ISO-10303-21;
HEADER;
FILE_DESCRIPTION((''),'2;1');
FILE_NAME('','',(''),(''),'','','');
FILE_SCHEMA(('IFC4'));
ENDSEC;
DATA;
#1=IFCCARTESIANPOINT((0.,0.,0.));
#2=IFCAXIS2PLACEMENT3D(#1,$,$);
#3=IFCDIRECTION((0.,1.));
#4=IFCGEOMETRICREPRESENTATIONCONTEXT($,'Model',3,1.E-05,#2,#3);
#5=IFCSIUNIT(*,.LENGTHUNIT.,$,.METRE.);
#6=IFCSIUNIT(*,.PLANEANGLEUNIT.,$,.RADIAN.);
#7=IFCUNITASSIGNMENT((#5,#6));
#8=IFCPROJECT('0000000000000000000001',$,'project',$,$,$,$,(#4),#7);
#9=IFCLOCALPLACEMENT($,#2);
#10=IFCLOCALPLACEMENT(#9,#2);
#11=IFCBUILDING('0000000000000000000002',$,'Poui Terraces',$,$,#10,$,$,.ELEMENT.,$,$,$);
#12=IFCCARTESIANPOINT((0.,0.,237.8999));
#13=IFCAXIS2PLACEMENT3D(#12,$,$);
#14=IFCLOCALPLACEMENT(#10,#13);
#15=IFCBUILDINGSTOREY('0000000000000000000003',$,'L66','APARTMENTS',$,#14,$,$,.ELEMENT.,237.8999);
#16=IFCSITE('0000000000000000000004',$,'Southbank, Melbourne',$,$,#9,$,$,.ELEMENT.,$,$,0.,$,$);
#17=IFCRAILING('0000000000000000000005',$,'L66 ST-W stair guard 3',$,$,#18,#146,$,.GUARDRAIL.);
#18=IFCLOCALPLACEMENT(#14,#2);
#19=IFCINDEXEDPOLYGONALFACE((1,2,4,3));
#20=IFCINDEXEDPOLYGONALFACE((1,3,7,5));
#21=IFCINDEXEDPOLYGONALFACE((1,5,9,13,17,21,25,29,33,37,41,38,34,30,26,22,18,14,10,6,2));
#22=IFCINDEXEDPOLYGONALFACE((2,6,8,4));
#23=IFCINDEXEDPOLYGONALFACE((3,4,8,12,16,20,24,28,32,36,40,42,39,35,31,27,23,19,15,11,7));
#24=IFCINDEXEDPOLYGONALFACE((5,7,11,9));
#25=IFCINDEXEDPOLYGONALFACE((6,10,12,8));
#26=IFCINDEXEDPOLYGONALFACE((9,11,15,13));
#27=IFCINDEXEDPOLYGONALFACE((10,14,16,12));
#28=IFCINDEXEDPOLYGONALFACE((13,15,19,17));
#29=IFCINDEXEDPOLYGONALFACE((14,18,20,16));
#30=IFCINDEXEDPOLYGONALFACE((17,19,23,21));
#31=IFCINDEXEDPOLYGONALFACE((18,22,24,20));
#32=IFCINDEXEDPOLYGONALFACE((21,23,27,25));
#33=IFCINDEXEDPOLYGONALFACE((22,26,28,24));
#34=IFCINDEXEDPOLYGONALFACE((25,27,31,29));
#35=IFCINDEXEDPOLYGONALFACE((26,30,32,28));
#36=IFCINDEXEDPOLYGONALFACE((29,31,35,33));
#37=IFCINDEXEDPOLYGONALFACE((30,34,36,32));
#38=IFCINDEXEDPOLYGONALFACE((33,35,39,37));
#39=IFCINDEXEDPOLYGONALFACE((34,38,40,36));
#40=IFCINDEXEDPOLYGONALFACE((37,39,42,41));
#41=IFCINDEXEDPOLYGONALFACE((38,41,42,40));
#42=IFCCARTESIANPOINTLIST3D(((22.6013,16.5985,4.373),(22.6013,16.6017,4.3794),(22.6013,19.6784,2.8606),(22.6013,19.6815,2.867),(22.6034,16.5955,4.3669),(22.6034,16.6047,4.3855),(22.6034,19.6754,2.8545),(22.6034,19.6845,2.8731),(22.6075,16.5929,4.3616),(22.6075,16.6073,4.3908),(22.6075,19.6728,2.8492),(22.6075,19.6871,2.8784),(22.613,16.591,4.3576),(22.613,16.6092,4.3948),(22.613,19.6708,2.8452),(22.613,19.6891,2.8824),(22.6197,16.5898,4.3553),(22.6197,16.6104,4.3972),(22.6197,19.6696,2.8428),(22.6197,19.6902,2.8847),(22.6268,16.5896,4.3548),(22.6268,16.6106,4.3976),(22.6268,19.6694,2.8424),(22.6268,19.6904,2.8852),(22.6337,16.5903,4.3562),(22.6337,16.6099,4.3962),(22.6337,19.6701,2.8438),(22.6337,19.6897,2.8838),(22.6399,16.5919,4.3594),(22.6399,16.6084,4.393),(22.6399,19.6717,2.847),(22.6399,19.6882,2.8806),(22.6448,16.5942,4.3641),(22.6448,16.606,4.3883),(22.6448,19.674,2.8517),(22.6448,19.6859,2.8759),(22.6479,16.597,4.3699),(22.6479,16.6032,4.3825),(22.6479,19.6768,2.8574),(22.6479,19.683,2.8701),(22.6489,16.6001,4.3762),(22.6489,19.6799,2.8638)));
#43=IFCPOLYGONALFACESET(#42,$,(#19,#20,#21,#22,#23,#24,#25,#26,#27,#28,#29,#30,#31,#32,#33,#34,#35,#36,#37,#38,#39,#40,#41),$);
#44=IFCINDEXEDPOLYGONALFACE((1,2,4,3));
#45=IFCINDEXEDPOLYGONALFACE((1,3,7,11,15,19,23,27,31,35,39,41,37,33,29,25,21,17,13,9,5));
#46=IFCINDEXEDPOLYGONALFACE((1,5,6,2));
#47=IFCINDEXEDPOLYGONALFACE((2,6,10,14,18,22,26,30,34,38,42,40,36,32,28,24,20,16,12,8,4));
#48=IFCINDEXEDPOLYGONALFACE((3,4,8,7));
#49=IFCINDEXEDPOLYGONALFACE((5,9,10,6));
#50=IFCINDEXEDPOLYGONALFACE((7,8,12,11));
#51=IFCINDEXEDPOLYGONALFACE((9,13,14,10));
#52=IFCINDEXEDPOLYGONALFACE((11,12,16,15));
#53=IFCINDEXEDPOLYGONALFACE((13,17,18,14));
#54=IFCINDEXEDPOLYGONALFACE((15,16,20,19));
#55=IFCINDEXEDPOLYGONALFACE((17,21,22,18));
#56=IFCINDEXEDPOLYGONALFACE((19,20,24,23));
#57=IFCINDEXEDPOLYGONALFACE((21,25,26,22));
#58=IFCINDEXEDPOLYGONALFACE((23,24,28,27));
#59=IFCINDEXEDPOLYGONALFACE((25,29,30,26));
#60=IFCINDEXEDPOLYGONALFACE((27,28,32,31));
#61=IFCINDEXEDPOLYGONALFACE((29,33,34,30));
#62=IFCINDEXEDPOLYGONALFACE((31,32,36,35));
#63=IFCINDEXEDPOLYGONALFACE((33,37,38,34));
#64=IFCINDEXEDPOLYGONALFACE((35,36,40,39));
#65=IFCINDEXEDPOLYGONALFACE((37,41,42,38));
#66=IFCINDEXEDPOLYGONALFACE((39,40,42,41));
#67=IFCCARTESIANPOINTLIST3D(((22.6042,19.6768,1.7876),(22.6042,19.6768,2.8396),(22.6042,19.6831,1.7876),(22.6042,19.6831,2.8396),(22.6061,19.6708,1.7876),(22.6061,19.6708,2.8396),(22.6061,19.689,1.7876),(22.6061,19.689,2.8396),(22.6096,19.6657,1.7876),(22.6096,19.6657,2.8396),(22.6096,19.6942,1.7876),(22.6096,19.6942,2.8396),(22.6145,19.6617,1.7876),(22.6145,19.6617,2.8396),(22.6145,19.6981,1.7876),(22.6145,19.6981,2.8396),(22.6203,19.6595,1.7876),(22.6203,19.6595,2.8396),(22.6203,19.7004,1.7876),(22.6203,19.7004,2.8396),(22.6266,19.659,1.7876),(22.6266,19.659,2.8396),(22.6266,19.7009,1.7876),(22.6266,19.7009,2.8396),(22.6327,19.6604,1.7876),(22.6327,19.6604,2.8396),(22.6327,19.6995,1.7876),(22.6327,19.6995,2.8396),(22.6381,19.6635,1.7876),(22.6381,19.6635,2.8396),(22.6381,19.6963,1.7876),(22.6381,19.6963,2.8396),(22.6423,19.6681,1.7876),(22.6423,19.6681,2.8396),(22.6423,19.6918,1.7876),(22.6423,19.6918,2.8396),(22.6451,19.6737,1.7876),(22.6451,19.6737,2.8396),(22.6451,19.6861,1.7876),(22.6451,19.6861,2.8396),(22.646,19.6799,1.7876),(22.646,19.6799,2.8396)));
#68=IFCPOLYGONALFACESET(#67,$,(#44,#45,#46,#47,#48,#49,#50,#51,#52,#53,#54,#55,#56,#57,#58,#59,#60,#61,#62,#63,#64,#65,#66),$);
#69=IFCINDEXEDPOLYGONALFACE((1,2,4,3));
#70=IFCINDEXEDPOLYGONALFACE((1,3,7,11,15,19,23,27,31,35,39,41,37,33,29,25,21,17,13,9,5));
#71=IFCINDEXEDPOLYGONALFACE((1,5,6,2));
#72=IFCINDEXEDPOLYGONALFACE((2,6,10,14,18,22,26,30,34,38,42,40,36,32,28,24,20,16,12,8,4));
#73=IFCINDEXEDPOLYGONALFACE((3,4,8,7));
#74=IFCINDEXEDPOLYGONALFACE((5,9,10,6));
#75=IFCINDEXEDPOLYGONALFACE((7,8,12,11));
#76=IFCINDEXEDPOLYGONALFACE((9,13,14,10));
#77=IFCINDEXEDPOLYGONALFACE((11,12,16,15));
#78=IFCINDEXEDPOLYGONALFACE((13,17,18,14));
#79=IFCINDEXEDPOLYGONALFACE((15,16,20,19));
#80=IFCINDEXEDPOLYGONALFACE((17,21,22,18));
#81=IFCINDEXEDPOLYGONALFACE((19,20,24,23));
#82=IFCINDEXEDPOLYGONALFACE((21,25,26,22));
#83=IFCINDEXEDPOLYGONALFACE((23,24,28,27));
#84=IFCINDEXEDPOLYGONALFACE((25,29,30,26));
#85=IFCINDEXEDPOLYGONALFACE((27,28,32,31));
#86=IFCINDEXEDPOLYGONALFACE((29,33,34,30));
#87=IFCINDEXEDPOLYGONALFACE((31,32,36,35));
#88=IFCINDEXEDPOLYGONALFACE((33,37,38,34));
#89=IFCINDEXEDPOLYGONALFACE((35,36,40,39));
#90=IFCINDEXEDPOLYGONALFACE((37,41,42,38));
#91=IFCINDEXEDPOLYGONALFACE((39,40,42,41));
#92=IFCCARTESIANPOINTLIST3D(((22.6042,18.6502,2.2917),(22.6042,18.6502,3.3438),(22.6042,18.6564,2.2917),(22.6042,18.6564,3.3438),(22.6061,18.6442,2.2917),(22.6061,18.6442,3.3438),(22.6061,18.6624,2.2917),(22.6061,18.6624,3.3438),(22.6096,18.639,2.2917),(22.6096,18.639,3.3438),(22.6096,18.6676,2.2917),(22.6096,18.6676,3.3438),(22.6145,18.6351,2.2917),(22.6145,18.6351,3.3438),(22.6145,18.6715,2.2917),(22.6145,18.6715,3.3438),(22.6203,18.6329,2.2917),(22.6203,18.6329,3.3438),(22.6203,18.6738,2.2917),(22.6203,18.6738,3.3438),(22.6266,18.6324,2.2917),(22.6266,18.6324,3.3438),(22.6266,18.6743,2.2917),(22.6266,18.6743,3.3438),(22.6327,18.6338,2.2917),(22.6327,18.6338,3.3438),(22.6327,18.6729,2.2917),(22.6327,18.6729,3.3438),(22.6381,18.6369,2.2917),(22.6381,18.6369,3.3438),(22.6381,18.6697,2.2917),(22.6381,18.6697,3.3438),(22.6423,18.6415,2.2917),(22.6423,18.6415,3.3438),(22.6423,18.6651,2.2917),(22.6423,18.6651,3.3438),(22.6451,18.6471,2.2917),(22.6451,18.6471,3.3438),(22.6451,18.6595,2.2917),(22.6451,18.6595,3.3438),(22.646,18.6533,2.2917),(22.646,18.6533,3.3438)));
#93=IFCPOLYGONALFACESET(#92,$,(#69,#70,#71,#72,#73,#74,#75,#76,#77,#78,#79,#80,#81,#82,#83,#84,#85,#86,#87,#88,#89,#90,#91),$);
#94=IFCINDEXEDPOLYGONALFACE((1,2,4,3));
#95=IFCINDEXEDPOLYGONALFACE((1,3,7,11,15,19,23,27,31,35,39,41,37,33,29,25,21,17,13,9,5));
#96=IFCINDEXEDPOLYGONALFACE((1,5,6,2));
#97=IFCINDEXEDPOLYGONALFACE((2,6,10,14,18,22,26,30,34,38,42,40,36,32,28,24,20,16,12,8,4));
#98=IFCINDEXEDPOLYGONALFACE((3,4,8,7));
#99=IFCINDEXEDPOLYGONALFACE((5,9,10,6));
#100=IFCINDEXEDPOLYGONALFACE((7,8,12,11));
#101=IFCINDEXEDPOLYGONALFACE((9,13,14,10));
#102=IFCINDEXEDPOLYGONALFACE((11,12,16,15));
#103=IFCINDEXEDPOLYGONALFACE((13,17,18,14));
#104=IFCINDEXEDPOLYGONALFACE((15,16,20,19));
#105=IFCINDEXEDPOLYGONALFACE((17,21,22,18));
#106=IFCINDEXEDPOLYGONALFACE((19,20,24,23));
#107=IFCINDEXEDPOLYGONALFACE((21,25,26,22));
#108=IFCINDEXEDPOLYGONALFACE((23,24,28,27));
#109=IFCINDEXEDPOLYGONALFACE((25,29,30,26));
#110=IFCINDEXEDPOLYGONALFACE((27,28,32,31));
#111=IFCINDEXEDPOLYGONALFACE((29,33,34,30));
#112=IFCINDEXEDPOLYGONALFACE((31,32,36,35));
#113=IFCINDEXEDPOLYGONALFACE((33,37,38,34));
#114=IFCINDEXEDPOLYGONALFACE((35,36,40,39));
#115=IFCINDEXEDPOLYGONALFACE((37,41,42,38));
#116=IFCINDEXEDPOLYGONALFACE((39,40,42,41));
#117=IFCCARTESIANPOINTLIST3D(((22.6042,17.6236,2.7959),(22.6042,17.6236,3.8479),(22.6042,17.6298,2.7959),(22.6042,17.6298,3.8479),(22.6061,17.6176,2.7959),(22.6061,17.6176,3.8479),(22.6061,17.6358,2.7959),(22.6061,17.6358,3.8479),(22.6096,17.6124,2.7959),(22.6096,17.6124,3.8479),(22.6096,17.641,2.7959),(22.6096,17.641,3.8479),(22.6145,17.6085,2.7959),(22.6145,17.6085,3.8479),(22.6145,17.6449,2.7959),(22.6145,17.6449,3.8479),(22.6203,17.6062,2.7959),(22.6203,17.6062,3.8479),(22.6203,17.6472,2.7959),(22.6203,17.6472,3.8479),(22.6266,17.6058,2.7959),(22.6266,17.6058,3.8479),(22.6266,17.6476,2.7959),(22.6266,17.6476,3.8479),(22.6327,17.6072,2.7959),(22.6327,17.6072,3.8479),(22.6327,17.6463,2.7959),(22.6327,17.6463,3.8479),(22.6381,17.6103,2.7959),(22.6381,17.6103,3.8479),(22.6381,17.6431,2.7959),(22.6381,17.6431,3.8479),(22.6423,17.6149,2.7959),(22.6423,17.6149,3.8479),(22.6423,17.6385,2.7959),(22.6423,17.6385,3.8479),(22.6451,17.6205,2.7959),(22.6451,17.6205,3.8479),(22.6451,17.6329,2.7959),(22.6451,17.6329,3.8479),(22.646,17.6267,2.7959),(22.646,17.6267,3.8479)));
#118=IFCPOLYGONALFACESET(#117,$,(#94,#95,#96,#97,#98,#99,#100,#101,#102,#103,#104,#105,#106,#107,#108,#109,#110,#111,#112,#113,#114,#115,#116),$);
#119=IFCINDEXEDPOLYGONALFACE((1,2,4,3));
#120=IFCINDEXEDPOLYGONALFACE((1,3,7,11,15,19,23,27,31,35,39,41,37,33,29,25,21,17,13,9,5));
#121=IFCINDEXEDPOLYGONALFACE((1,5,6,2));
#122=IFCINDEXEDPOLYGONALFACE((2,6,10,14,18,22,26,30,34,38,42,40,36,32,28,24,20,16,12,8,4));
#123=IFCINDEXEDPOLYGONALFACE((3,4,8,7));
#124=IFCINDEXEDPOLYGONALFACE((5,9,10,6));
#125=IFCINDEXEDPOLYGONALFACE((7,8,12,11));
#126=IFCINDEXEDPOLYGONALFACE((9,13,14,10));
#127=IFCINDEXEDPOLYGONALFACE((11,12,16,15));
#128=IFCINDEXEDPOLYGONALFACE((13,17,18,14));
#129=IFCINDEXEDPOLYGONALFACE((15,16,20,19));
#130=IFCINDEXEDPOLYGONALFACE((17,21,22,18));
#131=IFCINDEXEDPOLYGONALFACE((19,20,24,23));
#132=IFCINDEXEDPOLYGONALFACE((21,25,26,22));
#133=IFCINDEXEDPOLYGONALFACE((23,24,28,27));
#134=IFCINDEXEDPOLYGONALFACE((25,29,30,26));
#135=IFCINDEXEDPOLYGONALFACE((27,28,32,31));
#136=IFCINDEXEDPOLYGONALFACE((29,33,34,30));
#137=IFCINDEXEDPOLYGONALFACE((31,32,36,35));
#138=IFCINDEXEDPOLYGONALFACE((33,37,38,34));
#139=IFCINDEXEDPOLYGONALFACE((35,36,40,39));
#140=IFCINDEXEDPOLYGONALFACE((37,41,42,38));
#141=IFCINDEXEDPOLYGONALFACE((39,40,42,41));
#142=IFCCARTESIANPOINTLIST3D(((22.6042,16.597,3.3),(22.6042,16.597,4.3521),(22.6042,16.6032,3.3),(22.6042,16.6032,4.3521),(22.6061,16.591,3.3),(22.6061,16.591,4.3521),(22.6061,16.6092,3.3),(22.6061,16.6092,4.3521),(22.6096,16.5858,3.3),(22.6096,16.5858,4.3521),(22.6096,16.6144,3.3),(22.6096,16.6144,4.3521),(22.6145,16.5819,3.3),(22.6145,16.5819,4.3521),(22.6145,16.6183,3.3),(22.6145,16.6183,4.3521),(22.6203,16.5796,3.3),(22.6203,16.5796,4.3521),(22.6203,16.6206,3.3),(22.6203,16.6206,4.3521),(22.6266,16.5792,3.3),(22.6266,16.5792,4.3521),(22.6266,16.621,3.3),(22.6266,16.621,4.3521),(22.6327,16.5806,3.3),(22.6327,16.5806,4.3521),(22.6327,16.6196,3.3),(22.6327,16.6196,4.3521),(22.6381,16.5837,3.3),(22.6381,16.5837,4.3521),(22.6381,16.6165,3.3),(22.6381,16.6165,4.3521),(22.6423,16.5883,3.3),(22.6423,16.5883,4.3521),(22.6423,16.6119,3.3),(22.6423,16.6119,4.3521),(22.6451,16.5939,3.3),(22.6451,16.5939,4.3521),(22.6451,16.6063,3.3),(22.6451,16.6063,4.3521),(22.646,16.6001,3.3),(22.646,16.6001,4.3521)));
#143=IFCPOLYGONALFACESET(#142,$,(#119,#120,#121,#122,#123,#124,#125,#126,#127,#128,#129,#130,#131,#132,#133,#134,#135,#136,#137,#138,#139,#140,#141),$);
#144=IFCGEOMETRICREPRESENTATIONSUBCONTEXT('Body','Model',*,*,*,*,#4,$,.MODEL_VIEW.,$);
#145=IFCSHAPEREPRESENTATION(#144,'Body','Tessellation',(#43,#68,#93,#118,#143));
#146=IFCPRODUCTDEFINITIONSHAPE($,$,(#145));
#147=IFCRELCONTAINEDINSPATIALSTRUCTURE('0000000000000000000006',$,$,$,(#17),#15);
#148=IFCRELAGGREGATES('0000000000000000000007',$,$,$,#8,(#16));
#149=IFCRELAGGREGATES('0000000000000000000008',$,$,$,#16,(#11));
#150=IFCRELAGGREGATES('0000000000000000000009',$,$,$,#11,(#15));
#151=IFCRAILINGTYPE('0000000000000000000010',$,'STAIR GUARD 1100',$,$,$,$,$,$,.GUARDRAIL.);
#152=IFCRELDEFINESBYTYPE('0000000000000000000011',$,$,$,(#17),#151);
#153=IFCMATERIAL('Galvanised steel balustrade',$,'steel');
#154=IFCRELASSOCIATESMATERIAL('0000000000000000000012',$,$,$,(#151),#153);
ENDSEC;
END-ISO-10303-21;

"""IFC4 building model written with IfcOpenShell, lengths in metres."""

from ifc_helpers import new_model, si_unit, direction, frame, origin, origin_2d, place, context, subcontext, project, spatial, circle, extrude, material, type_object, element, save


model = new_model("IFC4")

# Units and contexts
model_context = context("Model", 3, precision=1e-05, world=origin(), true_north=direction((0.0, 1.0)))
body_context = subcontext(model_context, "Body", "Model", "MODEL_VIEW")
ifc_project = project(units=[si_unit("LENGTHUNIT", "METRE"), si_unit("PLANEANGLEUNIT", "RADIAN")], contexts=[model_context])

# Site, building, storey
site_placement = place(None, origin())
site = spatial("IfcSite", under=ifc_project, at=site_placement, Name="Southbank, Melbourne", CompositionType="ELEMENT", RefElevation=0.0)
building_placement = place(site_placement, origin())
building = spatial("IfcBuilding", under=site, at=building_placement, Name="Poui Terraces", CompositionType="ELEMENT")
storey_placement = place(building_placement, frame((0.0, 0.0, 237.8999)))
storey = spatial("IfcBuildingStorey", under=building, at=storey_placement, Name="L66", Description="APARTMENTS", CompositionType="ELEMENT", Elevation=237.8999)

# Railing
ifc_material_1 = material(Name="Galvanised steel balustrade", Category="steel")
railing_type_1 = type_object("IfcRailingType", Name="STAIR GUARD 1100", PredefinedType="GUARDRAIL", material=ifc_material_1)
railing_1_placement = place(storey_placement, frame((22.625, 19.6799, 1.7876)))
element("IfcRailing", 1, at=railing_1_placement, inside=storey, type_object=railing_type_1, Name="L66 ST-W stair guard 3", PredefinedType="GUARDRAIL", context=body_context, shape_type="SweptSolid", body=[
    extrude(circle(Radius=0.0239, at=origin_2d()), frame((0.0, 0.0, 1.0762), z_axis=(0.0, -0.897606, 0.440798), x_axis=(1.0, 0.0, 0.0)), (0.0, 0.0, 1.0), 3.4312),
    extrude(circle(Radius=0.021, at=origin_2d()), origin(), (0.0, 0.0, 1.0), 1.052),
    extrude(circle(Radius=0.021, at=origin_2d()), frame((0.0, -1.0266, 0.5042)), (0.0, 0.0, 1.0), 1.052),
    extrude(circle(Radius=0.021, at=origin_2d()), frame((0.0, -2.0532, 1.0083)), (0.0, 0.0, 1.0), 1.052),
    extrude(circle(Radius=0.021, at=origin_2d()), frame((0.0, -3.0798, 1.5125)), (0.0, 0.0, 1.0), 1.052),
])

save(model, "model.ifc")
